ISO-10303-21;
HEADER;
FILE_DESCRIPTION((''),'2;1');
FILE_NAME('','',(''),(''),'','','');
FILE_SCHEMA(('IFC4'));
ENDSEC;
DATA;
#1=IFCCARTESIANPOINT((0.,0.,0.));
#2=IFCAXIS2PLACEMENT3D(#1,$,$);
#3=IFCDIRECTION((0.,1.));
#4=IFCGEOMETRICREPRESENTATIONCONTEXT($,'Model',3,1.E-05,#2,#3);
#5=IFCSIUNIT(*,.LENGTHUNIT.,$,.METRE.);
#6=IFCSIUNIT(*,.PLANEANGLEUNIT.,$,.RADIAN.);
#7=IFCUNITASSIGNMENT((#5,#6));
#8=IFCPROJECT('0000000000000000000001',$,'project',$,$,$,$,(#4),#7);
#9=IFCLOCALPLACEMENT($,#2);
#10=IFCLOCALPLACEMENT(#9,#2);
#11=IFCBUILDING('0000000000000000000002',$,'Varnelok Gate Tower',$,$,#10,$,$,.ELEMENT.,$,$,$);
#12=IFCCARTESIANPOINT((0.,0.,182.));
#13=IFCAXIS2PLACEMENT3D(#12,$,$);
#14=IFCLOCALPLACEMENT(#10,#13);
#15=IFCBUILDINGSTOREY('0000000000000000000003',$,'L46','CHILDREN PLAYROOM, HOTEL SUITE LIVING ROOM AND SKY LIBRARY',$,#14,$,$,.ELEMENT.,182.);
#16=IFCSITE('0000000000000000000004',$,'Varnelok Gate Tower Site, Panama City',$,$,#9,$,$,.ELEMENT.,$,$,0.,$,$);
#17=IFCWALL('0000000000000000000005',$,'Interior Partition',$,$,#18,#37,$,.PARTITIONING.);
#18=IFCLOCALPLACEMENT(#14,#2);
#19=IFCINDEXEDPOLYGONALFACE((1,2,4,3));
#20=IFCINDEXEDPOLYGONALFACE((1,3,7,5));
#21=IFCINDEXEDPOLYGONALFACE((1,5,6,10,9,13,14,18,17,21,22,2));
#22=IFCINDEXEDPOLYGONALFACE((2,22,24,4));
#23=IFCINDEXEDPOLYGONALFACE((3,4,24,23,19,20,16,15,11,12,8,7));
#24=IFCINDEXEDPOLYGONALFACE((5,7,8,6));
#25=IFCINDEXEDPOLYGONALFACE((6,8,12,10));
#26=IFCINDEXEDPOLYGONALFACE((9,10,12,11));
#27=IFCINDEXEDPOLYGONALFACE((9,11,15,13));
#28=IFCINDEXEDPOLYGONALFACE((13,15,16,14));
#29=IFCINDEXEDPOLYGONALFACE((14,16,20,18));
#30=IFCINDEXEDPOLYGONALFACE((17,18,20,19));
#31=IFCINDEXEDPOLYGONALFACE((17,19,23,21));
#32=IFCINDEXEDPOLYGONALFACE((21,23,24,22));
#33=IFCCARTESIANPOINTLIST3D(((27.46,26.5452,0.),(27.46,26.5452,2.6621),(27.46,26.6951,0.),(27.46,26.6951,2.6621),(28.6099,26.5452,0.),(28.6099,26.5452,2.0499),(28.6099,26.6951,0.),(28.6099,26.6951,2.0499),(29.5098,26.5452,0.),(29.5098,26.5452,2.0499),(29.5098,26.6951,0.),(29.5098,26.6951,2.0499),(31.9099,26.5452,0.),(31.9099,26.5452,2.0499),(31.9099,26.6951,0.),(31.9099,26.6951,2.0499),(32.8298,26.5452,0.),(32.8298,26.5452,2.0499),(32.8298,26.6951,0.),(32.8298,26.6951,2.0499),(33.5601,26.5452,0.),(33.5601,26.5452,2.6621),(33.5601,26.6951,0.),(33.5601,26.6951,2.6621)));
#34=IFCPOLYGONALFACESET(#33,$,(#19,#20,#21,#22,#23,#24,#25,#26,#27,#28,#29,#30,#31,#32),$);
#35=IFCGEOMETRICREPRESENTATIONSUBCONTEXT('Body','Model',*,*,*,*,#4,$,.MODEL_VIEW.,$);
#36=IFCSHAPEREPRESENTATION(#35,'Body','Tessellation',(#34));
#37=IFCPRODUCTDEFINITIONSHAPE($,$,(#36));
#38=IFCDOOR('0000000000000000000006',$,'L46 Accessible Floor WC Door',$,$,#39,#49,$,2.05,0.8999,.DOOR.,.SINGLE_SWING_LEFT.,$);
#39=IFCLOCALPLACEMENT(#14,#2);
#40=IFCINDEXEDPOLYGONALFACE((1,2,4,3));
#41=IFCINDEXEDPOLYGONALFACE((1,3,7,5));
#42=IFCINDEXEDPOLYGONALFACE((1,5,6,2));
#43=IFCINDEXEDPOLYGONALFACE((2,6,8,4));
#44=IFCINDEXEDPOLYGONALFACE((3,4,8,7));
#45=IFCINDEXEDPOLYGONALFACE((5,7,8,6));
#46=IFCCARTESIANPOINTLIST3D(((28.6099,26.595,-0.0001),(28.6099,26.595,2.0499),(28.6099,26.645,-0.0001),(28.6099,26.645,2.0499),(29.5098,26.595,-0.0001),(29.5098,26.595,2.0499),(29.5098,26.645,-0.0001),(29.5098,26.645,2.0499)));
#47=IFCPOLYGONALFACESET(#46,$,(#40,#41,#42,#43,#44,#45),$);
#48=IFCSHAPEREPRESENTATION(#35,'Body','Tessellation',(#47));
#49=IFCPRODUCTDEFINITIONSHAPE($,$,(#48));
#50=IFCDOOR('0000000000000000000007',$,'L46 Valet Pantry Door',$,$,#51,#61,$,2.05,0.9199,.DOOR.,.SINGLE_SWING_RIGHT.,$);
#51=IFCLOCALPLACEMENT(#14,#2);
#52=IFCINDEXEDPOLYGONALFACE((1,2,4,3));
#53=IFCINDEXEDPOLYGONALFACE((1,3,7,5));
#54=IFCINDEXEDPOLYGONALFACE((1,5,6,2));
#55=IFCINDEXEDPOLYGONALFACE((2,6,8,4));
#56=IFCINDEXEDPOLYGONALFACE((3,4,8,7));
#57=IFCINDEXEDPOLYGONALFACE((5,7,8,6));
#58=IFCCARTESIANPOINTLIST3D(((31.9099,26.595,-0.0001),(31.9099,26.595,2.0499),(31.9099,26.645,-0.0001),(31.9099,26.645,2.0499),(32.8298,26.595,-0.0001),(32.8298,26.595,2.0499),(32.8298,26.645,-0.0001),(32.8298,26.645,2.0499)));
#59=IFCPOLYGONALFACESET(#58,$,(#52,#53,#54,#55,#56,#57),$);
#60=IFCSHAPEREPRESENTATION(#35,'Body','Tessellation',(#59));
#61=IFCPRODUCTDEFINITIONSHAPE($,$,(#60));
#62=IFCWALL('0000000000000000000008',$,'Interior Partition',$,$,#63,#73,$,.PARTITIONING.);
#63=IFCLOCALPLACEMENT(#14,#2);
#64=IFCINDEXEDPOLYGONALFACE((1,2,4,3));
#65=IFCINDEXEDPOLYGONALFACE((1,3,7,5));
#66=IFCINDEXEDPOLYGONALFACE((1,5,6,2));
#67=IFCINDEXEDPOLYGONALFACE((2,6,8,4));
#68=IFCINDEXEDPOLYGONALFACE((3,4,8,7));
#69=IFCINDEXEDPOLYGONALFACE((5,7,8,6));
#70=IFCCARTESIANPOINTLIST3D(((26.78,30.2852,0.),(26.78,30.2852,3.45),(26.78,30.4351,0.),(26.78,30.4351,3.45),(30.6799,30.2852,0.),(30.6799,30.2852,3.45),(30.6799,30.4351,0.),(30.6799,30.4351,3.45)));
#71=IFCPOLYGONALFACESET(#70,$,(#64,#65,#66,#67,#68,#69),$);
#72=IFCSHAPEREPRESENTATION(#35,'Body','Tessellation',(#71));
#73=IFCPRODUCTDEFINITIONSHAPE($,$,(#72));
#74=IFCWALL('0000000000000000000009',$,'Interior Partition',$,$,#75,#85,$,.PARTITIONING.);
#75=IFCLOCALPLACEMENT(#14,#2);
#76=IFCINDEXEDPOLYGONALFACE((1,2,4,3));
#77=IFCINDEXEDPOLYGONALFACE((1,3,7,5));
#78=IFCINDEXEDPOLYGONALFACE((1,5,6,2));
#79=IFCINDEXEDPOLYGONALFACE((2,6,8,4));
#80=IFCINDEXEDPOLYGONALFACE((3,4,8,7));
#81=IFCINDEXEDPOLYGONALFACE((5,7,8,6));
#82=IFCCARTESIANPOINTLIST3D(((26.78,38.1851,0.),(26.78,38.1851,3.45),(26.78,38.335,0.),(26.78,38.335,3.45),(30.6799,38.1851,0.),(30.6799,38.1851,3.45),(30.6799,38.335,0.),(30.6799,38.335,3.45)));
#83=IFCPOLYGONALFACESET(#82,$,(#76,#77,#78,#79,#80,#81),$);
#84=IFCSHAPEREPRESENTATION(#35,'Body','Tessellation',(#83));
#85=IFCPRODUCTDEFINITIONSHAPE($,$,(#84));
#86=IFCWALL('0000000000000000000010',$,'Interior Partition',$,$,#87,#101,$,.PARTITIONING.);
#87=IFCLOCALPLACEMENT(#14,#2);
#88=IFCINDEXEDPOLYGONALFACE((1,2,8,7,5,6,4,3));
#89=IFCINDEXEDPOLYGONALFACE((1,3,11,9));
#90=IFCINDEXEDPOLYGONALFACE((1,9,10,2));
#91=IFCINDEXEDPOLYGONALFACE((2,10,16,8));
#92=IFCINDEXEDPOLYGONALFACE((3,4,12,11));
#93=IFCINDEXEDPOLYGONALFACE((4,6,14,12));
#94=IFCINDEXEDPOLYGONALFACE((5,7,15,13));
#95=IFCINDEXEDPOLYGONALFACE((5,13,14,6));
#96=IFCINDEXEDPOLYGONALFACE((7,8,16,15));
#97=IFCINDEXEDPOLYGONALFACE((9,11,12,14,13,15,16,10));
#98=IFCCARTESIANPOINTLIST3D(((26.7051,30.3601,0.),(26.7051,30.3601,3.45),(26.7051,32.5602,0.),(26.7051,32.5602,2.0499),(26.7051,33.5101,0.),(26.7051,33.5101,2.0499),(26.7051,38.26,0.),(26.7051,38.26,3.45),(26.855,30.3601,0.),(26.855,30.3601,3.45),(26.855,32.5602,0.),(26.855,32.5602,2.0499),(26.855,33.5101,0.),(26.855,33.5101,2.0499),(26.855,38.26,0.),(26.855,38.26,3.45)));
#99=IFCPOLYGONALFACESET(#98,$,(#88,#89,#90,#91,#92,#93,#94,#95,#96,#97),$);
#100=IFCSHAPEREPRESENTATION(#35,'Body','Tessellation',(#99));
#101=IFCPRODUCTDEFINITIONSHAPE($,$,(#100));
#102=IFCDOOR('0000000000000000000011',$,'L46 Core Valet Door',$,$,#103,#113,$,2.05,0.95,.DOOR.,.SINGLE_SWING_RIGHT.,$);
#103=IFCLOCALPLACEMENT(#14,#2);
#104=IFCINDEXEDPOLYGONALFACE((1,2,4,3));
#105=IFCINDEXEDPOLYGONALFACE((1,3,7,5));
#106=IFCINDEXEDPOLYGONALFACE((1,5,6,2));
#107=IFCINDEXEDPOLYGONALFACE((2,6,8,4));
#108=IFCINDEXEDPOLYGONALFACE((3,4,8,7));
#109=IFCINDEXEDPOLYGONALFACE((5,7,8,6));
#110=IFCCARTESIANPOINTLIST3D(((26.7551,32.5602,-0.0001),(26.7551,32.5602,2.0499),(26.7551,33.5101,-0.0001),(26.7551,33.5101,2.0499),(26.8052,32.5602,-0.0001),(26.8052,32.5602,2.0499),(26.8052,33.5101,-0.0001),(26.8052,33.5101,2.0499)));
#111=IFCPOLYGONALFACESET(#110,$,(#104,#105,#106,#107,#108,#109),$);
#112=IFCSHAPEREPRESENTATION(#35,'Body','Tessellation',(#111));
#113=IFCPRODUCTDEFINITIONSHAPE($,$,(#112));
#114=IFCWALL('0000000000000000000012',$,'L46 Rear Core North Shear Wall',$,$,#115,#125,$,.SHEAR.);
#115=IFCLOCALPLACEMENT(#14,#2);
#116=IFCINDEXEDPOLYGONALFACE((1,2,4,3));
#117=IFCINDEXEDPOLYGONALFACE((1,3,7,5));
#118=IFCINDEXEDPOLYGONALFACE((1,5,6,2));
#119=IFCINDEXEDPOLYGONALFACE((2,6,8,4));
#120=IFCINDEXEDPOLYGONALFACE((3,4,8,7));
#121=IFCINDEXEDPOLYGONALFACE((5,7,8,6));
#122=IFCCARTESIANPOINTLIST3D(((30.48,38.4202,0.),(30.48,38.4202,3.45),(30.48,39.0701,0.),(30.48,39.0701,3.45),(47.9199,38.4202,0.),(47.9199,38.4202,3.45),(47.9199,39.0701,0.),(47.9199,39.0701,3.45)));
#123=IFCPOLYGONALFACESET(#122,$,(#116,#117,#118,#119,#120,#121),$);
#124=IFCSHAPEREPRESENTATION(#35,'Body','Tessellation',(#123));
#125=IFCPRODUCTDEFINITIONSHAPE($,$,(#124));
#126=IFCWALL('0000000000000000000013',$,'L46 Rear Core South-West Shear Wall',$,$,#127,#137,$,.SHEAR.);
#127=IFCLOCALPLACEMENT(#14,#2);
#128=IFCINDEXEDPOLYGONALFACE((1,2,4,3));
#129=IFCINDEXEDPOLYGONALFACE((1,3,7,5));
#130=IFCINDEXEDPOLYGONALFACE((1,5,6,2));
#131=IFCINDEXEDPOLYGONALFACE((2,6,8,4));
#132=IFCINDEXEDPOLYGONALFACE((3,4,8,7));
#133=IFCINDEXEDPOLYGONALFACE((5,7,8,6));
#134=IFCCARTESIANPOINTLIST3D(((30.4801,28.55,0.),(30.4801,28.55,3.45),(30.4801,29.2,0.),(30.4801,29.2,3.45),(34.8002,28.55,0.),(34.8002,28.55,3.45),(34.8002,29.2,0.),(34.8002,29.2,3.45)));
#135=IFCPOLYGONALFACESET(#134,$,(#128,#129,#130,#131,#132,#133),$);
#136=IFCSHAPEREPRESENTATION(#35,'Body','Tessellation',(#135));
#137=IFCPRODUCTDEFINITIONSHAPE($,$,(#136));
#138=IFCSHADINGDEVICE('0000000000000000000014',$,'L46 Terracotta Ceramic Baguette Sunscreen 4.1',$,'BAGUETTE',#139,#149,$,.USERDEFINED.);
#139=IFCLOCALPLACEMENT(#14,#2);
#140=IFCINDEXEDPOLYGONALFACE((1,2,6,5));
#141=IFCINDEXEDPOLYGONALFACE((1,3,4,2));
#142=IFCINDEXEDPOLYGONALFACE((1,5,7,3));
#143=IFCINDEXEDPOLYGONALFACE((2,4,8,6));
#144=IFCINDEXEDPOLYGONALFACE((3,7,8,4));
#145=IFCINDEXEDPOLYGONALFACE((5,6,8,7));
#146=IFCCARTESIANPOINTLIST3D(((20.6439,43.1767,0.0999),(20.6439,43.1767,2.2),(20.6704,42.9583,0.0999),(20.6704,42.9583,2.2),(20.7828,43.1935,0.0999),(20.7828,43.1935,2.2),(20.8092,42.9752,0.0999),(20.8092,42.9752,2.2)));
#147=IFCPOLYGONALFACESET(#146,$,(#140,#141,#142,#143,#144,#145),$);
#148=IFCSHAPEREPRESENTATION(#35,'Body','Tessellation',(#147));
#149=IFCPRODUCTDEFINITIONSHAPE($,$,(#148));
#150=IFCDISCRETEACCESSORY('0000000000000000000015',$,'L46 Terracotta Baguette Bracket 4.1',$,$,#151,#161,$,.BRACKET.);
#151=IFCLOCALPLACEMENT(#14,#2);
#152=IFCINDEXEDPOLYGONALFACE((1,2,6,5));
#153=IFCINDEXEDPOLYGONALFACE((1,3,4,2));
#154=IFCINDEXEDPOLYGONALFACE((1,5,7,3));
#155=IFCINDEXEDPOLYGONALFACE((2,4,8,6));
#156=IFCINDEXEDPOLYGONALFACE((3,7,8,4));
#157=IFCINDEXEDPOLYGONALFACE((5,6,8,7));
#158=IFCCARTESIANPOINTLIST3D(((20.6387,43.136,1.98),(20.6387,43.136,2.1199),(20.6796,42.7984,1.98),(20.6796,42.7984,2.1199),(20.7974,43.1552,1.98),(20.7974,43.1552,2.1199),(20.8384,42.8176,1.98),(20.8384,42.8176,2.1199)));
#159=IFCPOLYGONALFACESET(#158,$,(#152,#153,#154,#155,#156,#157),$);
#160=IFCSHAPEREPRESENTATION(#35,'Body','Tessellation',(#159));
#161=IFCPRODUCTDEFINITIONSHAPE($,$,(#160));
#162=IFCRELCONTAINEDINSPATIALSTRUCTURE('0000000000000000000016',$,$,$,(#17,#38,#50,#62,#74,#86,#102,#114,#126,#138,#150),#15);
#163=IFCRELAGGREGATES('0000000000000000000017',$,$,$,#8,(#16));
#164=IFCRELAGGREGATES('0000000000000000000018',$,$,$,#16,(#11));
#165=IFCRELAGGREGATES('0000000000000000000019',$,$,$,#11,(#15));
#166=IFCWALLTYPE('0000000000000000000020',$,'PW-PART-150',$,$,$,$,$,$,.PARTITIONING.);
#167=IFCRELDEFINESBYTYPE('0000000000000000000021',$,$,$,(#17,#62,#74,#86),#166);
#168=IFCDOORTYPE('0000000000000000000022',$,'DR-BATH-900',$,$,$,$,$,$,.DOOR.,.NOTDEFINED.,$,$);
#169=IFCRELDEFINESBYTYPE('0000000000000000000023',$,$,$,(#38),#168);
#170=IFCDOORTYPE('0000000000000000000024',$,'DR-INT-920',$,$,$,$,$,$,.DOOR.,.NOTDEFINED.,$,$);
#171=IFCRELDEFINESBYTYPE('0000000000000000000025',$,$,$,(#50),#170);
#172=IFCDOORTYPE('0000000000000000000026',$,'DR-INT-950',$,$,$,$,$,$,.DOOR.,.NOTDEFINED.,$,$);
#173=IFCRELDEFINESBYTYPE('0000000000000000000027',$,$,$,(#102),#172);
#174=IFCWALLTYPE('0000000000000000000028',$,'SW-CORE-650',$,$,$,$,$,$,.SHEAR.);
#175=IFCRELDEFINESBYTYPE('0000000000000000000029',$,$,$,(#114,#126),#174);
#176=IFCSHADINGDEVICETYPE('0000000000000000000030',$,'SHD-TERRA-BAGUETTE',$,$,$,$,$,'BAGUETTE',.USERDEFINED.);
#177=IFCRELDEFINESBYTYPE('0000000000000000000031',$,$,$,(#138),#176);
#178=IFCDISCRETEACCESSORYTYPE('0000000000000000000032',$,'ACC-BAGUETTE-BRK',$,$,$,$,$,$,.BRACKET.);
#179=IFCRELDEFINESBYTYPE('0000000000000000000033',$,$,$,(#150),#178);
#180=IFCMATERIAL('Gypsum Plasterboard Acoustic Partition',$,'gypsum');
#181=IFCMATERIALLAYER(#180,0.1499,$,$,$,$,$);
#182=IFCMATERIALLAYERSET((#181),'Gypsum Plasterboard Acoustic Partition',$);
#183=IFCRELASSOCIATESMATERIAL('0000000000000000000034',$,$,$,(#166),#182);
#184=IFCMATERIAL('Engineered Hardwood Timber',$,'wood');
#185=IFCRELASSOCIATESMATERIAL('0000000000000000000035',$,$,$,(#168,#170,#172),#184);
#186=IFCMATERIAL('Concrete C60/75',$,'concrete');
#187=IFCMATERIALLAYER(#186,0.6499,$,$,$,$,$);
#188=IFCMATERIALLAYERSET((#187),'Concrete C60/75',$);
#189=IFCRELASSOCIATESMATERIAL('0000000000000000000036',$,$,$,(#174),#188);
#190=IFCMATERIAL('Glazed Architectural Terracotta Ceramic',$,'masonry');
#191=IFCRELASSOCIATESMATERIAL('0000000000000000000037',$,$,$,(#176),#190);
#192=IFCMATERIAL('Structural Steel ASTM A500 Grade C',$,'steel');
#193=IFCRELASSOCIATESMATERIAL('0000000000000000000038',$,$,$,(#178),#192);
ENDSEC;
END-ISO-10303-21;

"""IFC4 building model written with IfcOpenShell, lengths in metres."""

from ifc_helpers import new_model, si_unit, direction, frame, frame_2d, origin, origin_2d, place, context, subcontext, project, spatial, rectangle, extrude, source, transform, mapped, material, layer, layer_set, type_object, element, fill, save


model = new_model("IFC4")

# Units and contexts
model_context = context("Model", 3, precision=1e-05, world=origin(), true_north=direction((0.0, 1.0)))
body_context = subcontext(model_context, "Body", "Model", "MODEL_VIEW")
ifc_project = project(units=[si_unit("LENGTHUNIT", "METRE"), si_unit("PLANEANGLEUNIT", "RADIAN")], contexts=[model_context])

# Site, building, storey
site_placement = place(None, origin())
site = spatial("IfcSite", under=ifc_project, at=site_placement, Name="Varnelok Gate Tower Site, Panama City", CompositionType="ELEMENT", RefElevation=0.0)
building_placement = place(site_placement, origin())
building = spatial("IfcBuilding", under=site, at=building_placement, Name="Varnelok Gate Tower", CompositionType="ELEMENT")
storey_placement = place(building_placement, frame((0.0, 0.0, 182.0)))
storey = spatial("IfcBuildingStorey", under=building, at=storey_placement, Name="L46", Description="CHILDREN PLAYROOM, HOTEL SUITE LIVING ROOM AND SKY LIBRARY", CompositionType="ELEMENT", Elevation=182.0)

# Wall, openings, doors
ifc_material_1 = material(Name="Gypsum Plasterboard Acoustic Partition", Category="gypsum")
ifc_layer_1 = layer(ifc_material_1, 0.1499)
ifc_layer_set_1 = layer_set([ifc_layer_1], Name="Gypsum Plasterboard Acoustic Partition")
wall_type_1 = type_object("IfcWallType", Name="PW-PART-150", PredefinedType="PARTITIONING", material=ifc_layer_set_1)
wall_1_placement = place(storey_placement, frame((27.46, 26.6201, 0.0), z_axis=(0.0, 0.0, 1.0), x_axis=(1.0, 0.0, 0.0)))
wall_1 = element("IfcWall", 1, at=wall_1_placement, inside=storey, type_object=wall_type_1, Name="Interior Partition", PredefinedType="PARTITIONING", context=body_context, shape_type="SweptSolid", body=[
    extrude(rectangle(XDim=6.1001, YDim=0.1499, at=frame_2d((3.05, 0.0))), origin(), (0.0, 0.0, 1.0), 2.6621),
])
opening_1_placement = place(wall_1_placement, frame((1.1499, 0.0, 0.0)))
opening_1 = element("IfcOpeningElement", 2, at=opening_1_placement, cuts=wall_1, PredefinedType="OPENING", context=body_context, shape_type="SweptSolid", body=[
    extrude(rectangle(XDim=0.8999, YDim=2.05, at=frame_2d((0.45, 1.0249))), frame((0.0, 0.085, 0.0), z_axis=(0.0, -1.0, 0.0), x_axis=(1.0, 0.0, 0.0)), (0.0, 0.0, 1.0), 0.1699),
])
opening_2_placement = place(wall_1_placement, frame((4.45, 0.0, 0.0)))
opening_2 = element("IfcOpeningElement", 3, at=opening_2_placement, cuts=wall_1, PredefinedType="OPENING", context=body_context, shape_type="SweptSolid", body=[
    extrude(rectangle(XDim=0.9199, YDim=2.05, at=frame_2d((0.46, 1.0249))), frame((0.0, 0.085, 0.0), z_axis=(0.0, -1.0, 0.0), x_axis=(1.0, 0.0, 0.0)), (0.0, 0.0, 1.0), 0.1699),
])
ifc_material_2 = material(Name="Engineered Hardwood Timber", Category="wood")
door_type_1 = type_object("IfcDoorType", Name="DR-BATH-900", OperationType="NOTDEFINED", PredefinedType="DOOR", material=ifc_material_2)
door_1_placement = place(opening_1_placement, origin())
door_1 = element("IfcDoor", 4, at=door_1_placement, inside=storey, type_object=door_type_1, Name="L46 Accessible Floor WC Door", OperationType="SINGLE_SWING_LEFT", OverallHeight=2.05, OverallWidth=0.8999, PredefinedType="DOOR", context=body_context, shape_type="SweptSolid", body=[
    extrude(rectangle(XDim=0.8999, YDim=2.05, at=frame_2d((0.45, 1.0249))), frame((0.0, 0.0249, 0.0), z_axis=(0.0, -1.0, 0.0), x_axis=(1.0, 0.0, 0.0)), (0.0, 0.0, 1.0), 0.05),
])
fill(opening_1, door_1)
door_type_2 = type_object("IfcDoorType", Name="DR-INT-920", OperationType="NOTDEFINED", PredefinedType="DOOR", material=ifc_material_2)
door_2_placement = place(opening_2_placement, origin())
door_2 = element("IfcDoor", 5, at=door_2_placement, inside=storey, type_object=door_type_2, Name="L46 Valet Pantry Door", OperationType="SINGLE_SWING_RIGHT", OverallHeight=2.05, OverallWidth=0.9199, PredefinedType="DOOR", context=body_context, shape_type="SweptSolid", body=[
    extrude(rectangle(XDim=0.9199, YDim=2.05, at=frame_2d((0.46, 1.0249))), frame((0.0, 0.0249, 0.0), z_axis=(0.0, -1.0, 0.0), x_axis=(1.0, 0.0, 0.0)), (0.0, 0.0, 1.0), 0.05),
])
fill(opening_2, door_2)

# Walls
for number, where, z_axis, x_axis, name in (
    (6, (26.78, 30.3601, 0.0), (0.0, 0.0, 1.0), (1.0, 0.0, 0.0), "Interior Partition"),
    (7, (26.78, 38.26, 0.0), (0.0, 0.0, 1.0), (1.0, 0.0, 0.0), "Interior Partition"),
):
    element("IfcWall", number, at=place(storey_placement, frame(where, z_axis=z_axis, x_axis=x_axis)), inside=storey, type_object=wall_type_1, Name=name, PredefinedType="PARTITIONING", context=body_context, shape_type="SweptSolid", body=[
        extrude(rectangle(XDim=3.8999, YDim=0.1499, at=frame_2d((1.95, 0.0))), origin(), (0.0, 0.0, 1.0), 3.45),
    ])

# Wall, opening, door
wall_2_placement = place(storey_placement, frame((26.78, 30.3601, 0.0), z_axis=(0.0, 0.0, 1.0), x_axis=(0.0, 1.0, 0.0)))
wall_2 = element("IfcWall", 8, at=wall_2_placement, inside=storey, type_object=wall_type_1, Name="Interior Partition", PredefinedType="PARTITIONING", context=body_context, shape_type="SweptSolid", body=[
    extrude(rectangle(XDim=7.8999, YDim=0.1499, at=frame_2d((3.95, 0.0))), origin(), (0.0, 0.0, 1.0), 3.45),
])
opening_3_placement = place(wall_2_placement, frame((2.2, 0.0, 0.0)))
opening_3 = element("IfcOpeningElement", 9, at=opening_3_placement, cuts=wall_2, PredefinedType="OPENING", context=body_context, shape_type="SweptSolid", body=[
    extrude(rectangle(XDim=0.95, YDim=2.05, at=frame_2d((0.4751, 1.0249))), frame((0.0, 0.085, 0.0), z_axis=(0.0, -1.0, 0.0), x_axis=(1.0, 0.0, 0.0)), (0.0, 0.0, 1.0), 0.1699),
])
door_type_3 = type_object("IfcDoorType", Name="DR-INT-950", OperationType="NOTDEFINED", PredefinedType="DOOR", material=ifc_material_2)
door_3_placement = place(opening_3_placement, origin())
door_3 = element("IfcDoor", 10, at=door_3_placement, inside=storey, type_object=door_type_3, Name="L46 Core Valet Door", OperationType="SINGLE_SWING_RIGHT", OverallHeight=2.05, OverallWidth=0.95, PredefinedType="DOOR", context=body_context, shape_type="SweptSolid", body=[
    extrude(rectangle(XDim=0.95, YDim=2.05, at=frame_2d((0.4751, 1.0249))), frame((0.0, 0.0249, 0.0), z_axis=(0.0, -1.0, 0.0), x_axis=(1.0, 0.0, 0.0)), (0.0, 0.0, 1.0), 0.05),
])
fill(opening_3, door_3)

# Walls
ifc_material_3 = material(Name="Concrete C60/75", Category="concrete")
ifc_layer_2 = layer(ifc_material_3, 0.6499)
ifc_layer_set_2 = layer_set([ifc_layer_2], Name="Concrete C60/75")
wall_type_2 = type_object("IfcWallType", Name="SW-CORE-650", PredefinedType="SHEAR", material=ifc_layer_set_2)
wall_3_placement = place(storey_placement, frame((30.48, 38.7451, 0.0), z_axis=(0.0, 0.0, 1.0), x_axis=(1.0, 0.0, 0.0)))
element("IfcWall", 11, at=wall_3_placement, inside=storey, type_object=wall_type_2, Name="L46 Rear Core North Shear Wall", PredefinedType="SHEAR", context=body_context, shape_type="SweptSolid", body=[
    extrude(rectangle(XDim=17.4399, YDim=0.6499, at=frame_2d((8.72, 0.0))), origin(), (0.0, 0.0, 1.0), 3.45),
])
wall_4_placement = place(storey_placement, frame((30.48, 28.875, 0.0), z_axis=(0.0, 0.0, 1.0), x_axis=(1.0, 0.0, 0.0)))
element("IfcWall", 12, at=wall_4_placement, inside=storey, type_object=wall_type_2, Name="L46 Rear Core South-West Shear Wall", PredefinedType="SHEAR", context=body_context, shape_type="SweptSolid", body=[
    extrude(rectangle(XDim=4.3201, YDim=0.6499, at=frame_2d((2.1602, 0.0))), origin(), (0.0, 0.0, 1.0), 3.45),
])

# Shading device
ifc_material_4 = material(Name="Glazed Architectural Terracotta Ceramic", Category="masonry")
shading_device_type = type_object("IfcShadingDeviceType", Name="SHD-TERRA-BAGUETTE", ElementType="BAGUETTE", PredefinedType="USERDEFINED", material=ifc_material_4)
shared_shape_1 = source(origin(), body_context, "Body", "SweptSolid", [
    extrude(rectangle(XDim=0.1399, YDim=0.22, at=origin_2d()), origin(), (0.0, 0.0, 1.0), 2.1001),
])
shading_device_placement = place(storey_placement, frame((20.7266, 43.0759, 0.0999), z_axis=(0.0, 0.0, 1.0), x_axis=(0.992732, 0.120345, 0.0)))
element("IfcShadingDevice", 13, at=shading_device_placement, inside=storey, type_object=shading_device_type, Name="L46 Terracotta Ceramic Baguette Sunscreen 4.1", ObjectType="BAGUETTE", PredefinedType="USERDEFINED", context=body_context, shape_type="MappedRepresentation", body=[
    mapped(shared_shape_1, transform((0.0, 0.0, 0.0), scale=1.0)),
])

# Discrete accessory
ifc_material_5 = material(Name="Structural Steel ASTM A500 Grade C", Category="steel")
discrete_accessory_type = type_object("IfcDiscreteAccessoryType", Name="ACC-BAGUETTE-BRK", PredefinedType="BRACKET", material=ifc_material_5)
shared_shape_2 = source(origin(), body_context, "Body", "SweptSolid", [
    extrude(rectangle(XDim=0.1599, YDim=0.3401, at=origin_2d()), origin(), (0.0, 0.0, 1.0), 0.1399),
])
discrete_accessory_placement = place(storey_placement, frame((20.7385, 42.9768, 1.98), z_axis=(0.0, 0.0, 1.0), x_axis=(0.992732, 0.120345, 0.0)))
element("IfcDiscreteAccessory", 14, at=discrete_accessory_placement, inside=storey, type_object=discrete_accessory_type, Name="L46 Terracotta Baguette Bracket 4.1", PredefinedType="BRACKET", context=body_context, shape_type="MappedRepresentation", body=[
    mapped(shared_shape_2, transform((0.0, 0.0, 0.0), scale=1.0)),
])

save(model, "model.ifc")
